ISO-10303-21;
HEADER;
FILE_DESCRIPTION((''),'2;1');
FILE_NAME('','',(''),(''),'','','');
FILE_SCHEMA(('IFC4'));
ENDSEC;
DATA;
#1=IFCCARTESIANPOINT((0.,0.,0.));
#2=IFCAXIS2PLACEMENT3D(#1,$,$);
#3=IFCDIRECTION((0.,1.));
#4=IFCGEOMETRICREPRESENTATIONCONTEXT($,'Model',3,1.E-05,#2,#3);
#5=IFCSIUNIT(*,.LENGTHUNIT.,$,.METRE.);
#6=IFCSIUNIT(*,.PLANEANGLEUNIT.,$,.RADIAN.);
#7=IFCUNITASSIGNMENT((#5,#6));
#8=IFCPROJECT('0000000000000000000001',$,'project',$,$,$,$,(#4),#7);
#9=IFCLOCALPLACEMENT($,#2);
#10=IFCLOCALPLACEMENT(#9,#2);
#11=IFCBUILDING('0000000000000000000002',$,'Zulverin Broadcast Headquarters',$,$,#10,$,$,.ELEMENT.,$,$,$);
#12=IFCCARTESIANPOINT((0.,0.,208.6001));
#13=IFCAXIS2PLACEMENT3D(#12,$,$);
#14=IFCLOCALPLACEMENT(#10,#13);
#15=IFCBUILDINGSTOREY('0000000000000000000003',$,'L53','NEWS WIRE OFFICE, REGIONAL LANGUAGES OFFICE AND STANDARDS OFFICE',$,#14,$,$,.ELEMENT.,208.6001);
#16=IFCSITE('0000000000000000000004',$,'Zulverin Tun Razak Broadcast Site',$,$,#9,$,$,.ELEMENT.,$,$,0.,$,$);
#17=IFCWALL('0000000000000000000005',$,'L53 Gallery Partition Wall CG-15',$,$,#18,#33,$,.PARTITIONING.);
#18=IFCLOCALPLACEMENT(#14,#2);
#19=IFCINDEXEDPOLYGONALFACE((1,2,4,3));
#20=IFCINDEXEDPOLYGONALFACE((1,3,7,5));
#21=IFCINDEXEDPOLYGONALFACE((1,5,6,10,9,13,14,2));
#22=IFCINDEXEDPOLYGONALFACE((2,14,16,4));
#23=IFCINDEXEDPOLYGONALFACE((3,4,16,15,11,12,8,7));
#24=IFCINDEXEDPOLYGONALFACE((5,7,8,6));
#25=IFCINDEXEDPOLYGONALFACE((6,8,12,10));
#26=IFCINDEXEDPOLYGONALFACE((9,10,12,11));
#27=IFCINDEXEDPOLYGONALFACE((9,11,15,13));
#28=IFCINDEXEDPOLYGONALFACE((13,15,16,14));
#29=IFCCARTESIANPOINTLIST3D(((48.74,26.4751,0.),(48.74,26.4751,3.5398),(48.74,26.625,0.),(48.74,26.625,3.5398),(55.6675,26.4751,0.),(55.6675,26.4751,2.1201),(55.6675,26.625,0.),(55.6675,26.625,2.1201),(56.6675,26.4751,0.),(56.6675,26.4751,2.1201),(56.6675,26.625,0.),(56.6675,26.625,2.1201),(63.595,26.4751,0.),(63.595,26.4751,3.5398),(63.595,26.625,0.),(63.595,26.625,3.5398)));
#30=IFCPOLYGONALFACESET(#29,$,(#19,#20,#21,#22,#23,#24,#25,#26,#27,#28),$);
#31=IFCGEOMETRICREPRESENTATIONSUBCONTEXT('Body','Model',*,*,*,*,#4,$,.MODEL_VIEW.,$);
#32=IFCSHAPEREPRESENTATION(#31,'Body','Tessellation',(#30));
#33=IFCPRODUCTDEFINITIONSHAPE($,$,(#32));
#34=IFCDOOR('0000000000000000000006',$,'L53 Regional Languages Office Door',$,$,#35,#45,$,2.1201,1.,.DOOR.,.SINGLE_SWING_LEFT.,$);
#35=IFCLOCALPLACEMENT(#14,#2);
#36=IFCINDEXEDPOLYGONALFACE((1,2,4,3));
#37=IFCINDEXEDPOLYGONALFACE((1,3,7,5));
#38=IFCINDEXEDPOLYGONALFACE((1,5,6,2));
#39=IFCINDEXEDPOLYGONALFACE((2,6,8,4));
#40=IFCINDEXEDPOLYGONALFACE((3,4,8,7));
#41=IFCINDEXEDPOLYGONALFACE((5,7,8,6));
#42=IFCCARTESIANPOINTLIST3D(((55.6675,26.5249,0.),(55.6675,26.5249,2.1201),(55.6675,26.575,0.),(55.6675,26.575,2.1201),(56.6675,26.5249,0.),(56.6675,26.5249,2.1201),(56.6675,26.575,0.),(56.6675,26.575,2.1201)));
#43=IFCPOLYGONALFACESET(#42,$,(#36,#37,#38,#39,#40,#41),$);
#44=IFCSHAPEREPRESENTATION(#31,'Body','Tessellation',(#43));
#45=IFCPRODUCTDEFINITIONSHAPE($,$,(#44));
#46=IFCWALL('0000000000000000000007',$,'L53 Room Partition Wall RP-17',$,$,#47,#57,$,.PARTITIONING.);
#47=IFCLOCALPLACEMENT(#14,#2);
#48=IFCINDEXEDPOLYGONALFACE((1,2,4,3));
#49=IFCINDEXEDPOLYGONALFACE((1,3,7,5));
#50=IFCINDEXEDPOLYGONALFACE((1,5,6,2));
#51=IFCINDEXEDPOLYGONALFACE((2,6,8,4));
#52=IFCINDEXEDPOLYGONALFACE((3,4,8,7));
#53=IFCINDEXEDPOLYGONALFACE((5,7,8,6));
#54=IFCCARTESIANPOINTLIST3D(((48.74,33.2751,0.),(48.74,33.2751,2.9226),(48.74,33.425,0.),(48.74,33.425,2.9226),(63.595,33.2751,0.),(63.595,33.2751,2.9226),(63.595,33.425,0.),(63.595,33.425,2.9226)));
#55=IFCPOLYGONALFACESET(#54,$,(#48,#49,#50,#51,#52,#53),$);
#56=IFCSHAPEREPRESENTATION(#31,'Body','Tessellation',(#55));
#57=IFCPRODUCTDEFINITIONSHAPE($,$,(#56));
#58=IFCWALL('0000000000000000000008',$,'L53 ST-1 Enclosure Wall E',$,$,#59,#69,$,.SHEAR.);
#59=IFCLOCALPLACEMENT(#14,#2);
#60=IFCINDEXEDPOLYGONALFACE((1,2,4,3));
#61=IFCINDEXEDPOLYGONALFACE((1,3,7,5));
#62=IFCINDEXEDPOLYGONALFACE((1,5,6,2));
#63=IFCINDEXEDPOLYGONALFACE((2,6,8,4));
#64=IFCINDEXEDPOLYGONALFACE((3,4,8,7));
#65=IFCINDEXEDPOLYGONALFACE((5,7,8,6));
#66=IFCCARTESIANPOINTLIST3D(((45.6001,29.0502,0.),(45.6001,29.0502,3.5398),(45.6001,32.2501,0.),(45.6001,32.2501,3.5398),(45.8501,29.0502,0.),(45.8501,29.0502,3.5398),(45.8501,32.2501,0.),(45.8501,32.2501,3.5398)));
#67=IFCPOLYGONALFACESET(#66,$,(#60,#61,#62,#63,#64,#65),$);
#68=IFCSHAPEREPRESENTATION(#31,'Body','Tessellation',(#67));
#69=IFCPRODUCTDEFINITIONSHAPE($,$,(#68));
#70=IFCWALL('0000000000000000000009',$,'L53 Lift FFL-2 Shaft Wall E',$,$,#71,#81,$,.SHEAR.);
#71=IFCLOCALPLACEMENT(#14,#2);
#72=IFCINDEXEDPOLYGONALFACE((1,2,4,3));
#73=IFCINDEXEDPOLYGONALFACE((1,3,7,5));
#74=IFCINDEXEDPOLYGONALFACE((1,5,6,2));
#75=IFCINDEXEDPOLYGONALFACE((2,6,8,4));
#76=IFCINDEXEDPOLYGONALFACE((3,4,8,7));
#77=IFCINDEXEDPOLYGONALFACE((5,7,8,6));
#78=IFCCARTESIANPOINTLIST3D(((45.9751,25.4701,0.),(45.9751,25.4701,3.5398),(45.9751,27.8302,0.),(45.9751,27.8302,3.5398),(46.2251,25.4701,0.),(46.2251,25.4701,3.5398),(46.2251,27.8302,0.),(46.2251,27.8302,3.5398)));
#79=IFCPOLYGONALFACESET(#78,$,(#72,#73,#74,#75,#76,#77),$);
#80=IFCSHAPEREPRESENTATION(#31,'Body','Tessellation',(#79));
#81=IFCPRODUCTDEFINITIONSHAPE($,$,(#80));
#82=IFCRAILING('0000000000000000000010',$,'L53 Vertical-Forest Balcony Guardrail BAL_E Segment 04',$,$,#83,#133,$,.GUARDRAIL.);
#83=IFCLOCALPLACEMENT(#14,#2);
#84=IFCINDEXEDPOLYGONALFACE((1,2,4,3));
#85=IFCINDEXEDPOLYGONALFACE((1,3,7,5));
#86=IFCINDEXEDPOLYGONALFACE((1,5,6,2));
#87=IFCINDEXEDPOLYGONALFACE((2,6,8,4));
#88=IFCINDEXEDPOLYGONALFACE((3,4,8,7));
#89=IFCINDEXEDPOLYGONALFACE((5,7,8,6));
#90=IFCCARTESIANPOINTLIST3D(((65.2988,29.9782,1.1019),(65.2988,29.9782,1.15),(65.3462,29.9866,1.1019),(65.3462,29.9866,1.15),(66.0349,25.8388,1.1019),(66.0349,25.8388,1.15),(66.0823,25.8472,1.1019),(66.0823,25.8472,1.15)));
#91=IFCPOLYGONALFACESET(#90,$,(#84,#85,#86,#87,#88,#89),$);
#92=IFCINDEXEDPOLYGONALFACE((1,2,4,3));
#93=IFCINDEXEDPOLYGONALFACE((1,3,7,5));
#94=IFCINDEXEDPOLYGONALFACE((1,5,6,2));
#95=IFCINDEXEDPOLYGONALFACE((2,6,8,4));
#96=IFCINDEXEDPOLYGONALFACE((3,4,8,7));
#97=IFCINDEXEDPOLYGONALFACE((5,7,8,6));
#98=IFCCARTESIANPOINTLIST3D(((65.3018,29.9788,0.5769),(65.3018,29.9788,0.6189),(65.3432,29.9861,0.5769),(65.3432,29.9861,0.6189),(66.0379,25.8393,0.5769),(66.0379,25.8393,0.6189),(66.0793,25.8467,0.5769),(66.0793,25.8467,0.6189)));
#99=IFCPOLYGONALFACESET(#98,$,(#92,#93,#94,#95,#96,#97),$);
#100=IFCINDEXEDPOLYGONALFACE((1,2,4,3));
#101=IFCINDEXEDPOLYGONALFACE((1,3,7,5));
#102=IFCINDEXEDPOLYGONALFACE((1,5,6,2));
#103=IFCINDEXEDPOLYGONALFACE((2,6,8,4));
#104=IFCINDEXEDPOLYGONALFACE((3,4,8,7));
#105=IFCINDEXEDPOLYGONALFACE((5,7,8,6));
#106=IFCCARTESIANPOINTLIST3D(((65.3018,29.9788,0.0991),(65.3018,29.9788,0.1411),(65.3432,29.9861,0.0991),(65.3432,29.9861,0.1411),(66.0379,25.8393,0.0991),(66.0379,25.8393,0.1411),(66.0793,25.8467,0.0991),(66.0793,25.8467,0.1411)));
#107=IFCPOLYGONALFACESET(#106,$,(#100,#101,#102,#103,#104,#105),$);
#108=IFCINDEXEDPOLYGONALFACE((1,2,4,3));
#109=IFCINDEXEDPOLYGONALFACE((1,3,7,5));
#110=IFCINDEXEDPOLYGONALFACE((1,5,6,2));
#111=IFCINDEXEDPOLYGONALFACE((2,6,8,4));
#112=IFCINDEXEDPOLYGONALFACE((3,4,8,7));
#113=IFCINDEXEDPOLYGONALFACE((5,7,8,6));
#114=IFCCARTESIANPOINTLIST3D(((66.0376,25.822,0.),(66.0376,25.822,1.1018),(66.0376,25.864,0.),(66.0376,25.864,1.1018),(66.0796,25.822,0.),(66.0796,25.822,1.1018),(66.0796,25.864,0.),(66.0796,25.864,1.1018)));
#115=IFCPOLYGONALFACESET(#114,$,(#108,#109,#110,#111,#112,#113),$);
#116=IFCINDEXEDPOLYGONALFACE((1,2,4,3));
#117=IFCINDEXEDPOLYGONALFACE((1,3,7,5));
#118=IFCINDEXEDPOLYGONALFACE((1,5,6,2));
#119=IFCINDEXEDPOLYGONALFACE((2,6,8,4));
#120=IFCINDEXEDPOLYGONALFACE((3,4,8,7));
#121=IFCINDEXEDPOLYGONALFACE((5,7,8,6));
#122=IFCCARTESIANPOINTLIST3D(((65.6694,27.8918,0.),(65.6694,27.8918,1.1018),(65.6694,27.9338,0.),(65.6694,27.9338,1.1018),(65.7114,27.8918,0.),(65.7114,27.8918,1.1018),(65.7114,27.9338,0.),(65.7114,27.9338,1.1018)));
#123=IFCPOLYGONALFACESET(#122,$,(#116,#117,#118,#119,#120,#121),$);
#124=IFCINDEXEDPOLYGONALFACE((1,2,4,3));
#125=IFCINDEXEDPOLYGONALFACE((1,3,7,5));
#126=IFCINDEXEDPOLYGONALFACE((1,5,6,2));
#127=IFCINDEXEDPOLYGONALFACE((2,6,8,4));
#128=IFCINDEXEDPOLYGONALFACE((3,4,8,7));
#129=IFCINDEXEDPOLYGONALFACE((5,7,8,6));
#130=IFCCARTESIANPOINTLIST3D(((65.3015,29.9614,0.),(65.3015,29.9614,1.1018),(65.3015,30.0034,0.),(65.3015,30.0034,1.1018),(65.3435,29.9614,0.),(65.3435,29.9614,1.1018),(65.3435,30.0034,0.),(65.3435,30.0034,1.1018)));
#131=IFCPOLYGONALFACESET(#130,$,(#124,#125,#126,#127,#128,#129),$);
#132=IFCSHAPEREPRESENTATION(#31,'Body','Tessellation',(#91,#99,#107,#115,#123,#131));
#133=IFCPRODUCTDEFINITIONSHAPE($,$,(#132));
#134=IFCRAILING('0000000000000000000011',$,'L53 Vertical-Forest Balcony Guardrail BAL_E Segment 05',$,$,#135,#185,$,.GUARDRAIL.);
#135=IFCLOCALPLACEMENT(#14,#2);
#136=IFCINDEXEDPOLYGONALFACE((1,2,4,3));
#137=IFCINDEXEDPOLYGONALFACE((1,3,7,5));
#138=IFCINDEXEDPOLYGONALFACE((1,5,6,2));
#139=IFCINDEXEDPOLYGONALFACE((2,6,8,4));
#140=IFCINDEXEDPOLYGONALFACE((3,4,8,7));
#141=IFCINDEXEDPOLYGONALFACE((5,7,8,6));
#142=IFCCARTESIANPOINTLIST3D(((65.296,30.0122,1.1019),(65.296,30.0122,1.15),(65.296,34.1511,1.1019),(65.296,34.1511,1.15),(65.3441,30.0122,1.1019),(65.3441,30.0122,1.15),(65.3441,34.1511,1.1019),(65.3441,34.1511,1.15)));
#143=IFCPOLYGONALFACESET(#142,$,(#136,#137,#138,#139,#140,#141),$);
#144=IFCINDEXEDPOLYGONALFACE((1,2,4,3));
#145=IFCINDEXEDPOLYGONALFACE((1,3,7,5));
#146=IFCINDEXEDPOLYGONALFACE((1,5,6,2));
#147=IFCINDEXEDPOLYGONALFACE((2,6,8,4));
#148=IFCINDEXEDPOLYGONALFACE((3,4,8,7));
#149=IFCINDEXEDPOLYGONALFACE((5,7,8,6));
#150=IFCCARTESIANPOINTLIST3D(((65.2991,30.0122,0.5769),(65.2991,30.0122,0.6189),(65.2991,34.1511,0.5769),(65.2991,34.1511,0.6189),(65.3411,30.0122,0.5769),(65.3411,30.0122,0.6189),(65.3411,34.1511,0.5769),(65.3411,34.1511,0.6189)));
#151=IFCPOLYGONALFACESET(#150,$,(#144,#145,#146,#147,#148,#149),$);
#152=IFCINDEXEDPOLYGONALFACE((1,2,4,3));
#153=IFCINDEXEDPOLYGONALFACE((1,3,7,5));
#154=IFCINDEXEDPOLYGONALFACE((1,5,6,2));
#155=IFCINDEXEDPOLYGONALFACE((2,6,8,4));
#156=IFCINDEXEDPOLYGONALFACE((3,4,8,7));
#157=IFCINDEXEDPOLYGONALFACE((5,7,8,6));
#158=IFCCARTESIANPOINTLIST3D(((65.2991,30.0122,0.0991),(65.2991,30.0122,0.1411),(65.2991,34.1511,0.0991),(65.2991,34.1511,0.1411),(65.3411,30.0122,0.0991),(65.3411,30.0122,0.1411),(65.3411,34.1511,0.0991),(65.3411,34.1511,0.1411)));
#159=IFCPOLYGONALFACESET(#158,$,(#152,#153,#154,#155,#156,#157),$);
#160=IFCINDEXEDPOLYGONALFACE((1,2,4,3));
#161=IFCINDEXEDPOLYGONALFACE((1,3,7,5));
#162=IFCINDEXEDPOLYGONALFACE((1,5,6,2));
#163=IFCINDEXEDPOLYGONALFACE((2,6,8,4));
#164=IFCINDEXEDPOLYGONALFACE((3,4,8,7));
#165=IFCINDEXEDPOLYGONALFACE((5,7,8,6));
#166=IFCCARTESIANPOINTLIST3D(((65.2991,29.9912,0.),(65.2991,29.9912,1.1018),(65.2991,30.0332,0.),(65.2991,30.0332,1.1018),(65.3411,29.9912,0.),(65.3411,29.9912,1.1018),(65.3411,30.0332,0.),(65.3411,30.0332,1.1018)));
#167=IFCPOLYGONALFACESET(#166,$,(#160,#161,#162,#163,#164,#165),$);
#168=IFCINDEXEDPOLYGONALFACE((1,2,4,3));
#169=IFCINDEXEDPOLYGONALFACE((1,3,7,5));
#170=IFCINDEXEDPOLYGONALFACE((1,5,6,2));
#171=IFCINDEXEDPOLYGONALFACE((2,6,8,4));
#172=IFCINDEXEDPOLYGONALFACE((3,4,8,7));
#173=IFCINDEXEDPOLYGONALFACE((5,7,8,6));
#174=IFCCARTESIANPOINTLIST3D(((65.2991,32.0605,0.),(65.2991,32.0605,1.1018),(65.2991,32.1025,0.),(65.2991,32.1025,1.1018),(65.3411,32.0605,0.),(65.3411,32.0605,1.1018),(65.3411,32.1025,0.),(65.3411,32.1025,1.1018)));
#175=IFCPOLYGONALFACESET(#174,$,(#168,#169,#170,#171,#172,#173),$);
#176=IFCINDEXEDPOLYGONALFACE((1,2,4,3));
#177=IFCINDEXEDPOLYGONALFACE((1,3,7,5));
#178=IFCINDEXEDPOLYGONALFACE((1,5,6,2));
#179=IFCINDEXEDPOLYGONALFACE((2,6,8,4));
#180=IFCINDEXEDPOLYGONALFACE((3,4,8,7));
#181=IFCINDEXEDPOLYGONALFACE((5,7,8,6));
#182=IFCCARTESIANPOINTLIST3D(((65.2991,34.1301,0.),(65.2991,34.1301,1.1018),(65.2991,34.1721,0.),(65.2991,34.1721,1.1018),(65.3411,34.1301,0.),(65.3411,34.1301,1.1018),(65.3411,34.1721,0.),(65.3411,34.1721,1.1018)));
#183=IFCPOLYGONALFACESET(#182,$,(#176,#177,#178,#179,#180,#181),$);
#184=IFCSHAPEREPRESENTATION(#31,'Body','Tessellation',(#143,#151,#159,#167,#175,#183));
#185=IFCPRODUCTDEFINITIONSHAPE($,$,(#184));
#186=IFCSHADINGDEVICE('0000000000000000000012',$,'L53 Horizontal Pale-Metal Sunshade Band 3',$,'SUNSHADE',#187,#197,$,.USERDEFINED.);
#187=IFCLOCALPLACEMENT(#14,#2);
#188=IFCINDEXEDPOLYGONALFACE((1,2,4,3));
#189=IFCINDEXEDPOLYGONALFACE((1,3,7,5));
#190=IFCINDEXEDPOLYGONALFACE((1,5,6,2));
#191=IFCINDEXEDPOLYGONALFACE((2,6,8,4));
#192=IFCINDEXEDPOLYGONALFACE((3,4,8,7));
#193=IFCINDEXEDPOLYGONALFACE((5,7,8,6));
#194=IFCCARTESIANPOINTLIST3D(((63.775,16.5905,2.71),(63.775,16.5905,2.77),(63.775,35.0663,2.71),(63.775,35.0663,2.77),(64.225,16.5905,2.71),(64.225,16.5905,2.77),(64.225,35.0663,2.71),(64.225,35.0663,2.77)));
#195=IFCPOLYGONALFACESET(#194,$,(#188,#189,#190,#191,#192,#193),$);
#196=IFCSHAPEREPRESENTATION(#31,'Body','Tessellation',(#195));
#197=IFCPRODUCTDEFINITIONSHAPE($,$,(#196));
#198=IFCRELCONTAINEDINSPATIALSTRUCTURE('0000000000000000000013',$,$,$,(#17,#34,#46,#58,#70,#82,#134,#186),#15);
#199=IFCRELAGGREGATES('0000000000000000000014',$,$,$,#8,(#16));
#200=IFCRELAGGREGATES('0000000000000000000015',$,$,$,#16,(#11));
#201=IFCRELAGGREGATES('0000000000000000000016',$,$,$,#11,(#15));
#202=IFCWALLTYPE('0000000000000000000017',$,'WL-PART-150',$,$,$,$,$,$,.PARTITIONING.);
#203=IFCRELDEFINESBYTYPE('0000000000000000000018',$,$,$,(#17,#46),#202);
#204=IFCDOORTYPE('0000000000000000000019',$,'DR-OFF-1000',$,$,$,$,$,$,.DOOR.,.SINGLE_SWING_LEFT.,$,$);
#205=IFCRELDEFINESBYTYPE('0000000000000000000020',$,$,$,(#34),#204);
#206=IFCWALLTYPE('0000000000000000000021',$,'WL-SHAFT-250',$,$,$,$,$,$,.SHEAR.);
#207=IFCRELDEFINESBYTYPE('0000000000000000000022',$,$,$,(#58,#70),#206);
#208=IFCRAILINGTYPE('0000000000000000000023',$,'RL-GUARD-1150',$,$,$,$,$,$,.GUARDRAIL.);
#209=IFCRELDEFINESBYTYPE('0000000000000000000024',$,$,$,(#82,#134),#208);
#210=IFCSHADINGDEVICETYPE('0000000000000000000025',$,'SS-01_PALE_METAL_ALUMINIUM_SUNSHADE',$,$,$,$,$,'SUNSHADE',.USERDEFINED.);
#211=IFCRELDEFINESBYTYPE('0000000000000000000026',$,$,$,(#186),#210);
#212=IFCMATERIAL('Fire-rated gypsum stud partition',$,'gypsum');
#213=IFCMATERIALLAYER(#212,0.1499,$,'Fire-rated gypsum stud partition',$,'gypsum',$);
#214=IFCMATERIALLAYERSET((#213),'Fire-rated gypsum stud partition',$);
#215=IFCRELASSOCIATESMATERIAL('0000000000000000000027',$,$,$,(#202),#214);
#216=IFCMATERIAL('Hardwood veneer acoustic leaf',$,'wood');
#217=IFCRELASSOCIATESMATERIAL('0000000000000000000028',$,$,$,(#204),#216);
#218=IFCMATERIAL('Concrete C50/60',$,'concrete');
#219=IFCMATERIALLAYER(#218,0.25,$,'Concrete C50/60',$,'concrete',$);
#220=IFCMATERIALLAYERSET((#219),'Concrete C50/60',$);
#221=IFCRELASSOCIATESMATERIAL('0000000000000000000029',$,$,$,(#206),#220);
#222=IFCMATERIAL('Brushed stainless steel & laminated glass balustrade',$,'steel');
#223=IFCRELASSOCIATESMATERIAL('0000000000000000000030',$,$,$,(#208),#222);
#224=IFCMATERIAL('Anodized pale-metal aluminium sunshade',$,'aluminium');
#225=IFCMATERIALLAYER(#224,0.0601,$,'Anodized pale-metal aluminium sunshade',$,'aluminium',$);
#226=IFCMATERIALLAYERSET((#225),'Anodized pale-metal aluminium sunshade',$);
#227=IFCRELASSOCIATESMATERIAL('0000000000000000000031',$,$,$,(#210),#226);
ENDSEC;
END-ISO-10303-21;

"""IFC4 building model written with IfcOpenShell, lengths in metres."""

from ifc_helpers import new_model, si_unit, direction, frame, frame_2d, origin, origin_2d, place, context, subcontext, project, spatial, rectangle, extrude, material, layer, layer_set, type_object, element, fill, save


model = new_model("IFC4")

# Units and contexts
model_context = context("Model", 3, precision=1e-05, world=origin(), true_north=direction((0.0, 1.0)))
body_context = subcontext(model_context, "Body", "Model", "MODEL_VIEW")
ifc_project = project(units=[si_unit("LENGTHUNIT", "METRE"), si_unit("PLANEANGLEUNIT", "RADIAN")], contexts=[model_context])

# Site, building, storey
site_placement = place(None, origin())
site = spatial("IfcSite", under=ifc_project, at=site_placement, Name="Zulverin Tun Razak Broadcast Site", CompositionType="ELEMENT", RefElevation=0.0)
building_placement = place(site_placement, origin())
building = spatial("IfcBuilding", under=site, at=building_placement, Name="Zulverin Broadcast Headquarters", CompositionType="ELEMENT")
storey_placement = place(building_placement, frame((0.0, 0.0, 208.6001)))
storey = spatial("IfcBuildingStorey", under=building, at=storey_placement, Name="L53", Description="NEWS WIRE OFFICE, REGIONAL LANGUAGES OFFICE AND STANDARDS OFFICE", CompositionType="ELEMENT", Elevation=208.6001)

# Shared definitions
ifc_material_1 = material(Name="Concrete C50/60", Category="concrete")

# Wall, opening, door
ifc_material_2 = material(Name="Fire-rated gypsum stud partition", Category="gypsum")
ifc_layer_1 = layer(ifc_material_2, 0.1499, Name="Fire-rated gypsum stud partition", Category="gypsum")
ifc_layer_set_1 = layer_set([ifc_layer_1], Name="Fire-rated gypsum stud partition")
wall_type_1 = type_object("IfcWallType", Name="WL-PART-150", PredefinedType="PARTITIONING", material=ifc_layer_set_1)
wall_1_placement = place(storey_placement, frame((48.74, 26.55, 0.0), z_axis=(0.0, 0.0, 1.0), x_axis=(1.0, 0.0, 0.0)))
wall_1 = element("IfcWall", 1, at=wall_1_placement, inside=storey, type_object=wall_type_1, Name="L53 Gallery Partition Wall CG-15", PredefinedType="PARTITIONING", context=body_context, shape_type="SweptSolid", body=[
    extrude(rectangle(XDim=14.855, YDim=0.1499, at=frame_2d((7.4275, 0.0))), origin(), (0.0, 0.0, 1.0), 3.5398),
])
opening_placement = place(wall_1_placement, frame((6.9275, 0.0, 0.0)))
opening = element("IfcOpeningElement", 2, at=opening_placement, cuts=wall_1, PredefinedType="OPENING", context=body_context, shape_type="SweptSolid", body=[
    extrude(rectangle(XDim=1.0, YDim=2.1201, at=frame_2d((0.5, 1.0601))), frame((0.0, 0.085, 0.0), z_axis=(0.0, -1.0, 0.0), x_axis=(1.0, 0.0, 0.0)), (0.0, 0.0, 1.0), 0.1699),
])
ifc_material_3 = material(Name="Hardwood veneer acoustic leaf", Category="wood")
door_type = type_object("IfcDoorType", Name="DR-OFF-1000", OperationType="SINGLE_SWING_LEFT", PredefinedType="DOOR", material=ifc_material_3)
door_placement = place(opening_placement, origin())
door = element("IfcDoor", 3, at=door_placement, inside=storey, type_object=door_type, Name="L53 Regional Languages Office Door", OperationType="SINGLE_SWING_LEFT", OverallHeight=2.1201, OverallWidth=1.0, PredefinedType="DOOR", context=body_context, shape_type="SweptSolid", body=[
    extrude(rectangle(XDim=1.0, YDim=2.1201, at=frame_2d((0.5, 1.0601))), frame((0.0, 0.0249, 0.0), z_axis=(0.0, -1.0, 0.0), x_axis=(1.0, 0.0, 0.0)), (0.0, 0.0, 1.0), 0.05),
])
fill(opening, door)

# Walls
wall_2_placement = place(storey_placement, frame((48.74, 33.3501, 0.0), z_axis=(0.0, 0.0, 1.0), x_axis=(1.0, 0.0, 0.0)))
element("IfcWall", 4, at=wall_2_placement, inside=storey, type_object=wall_type_1, Name="L53 Room Partition Wall RP-17", PredefinedType="PARTITIONING", context=body_context, shape_type="SweptSolid", body=[
    extrude(rectangle(XDim=14.855, YDim=0.1499, at=frame_2d((7.4275, 0.0))), origin(), (0.0, 0.0, 1.0), 2.9226),
])
ifc_layer_2 = layer(ifc_material_1, 0.25, Name="Concrete C50/60", Category="concrete")
ifc_layer_set_2 = layer_set([ifc_layer_2], Name="Concrete C50/60")
wall_type_2 = type_object("IfcWallType", Name="WL-SHAFT-250", PredefinedType="SHEAR", material=ifc_layer_set_2)
wall_3_placement = place(storey_placement, frame((45.7251, 29.05, 0.0), z_axis=(0.0, 0.0, 1.0), x_axis=(0.0, 1.0, 0.0)))
element("IfcWall", 5, at=wall_3_placement, inside=storey, type_object=wall_type_2, Name="L53 ST-1 Enclosure Wall E", PredefinedType="SHEAR", context=body_context, shape_type="SweptSolid", body=[
    extrude(rectangle(XDim=3.2, YDim=0.25, at=frame_2d((1.6001, 0.0))), origin(), (0.0, 0.0, 1.0), 3.5398),
])
wall_4_placement = place(storey_placement, frame((46.1001, 25.47, 0.0), z_axis=(0.0, 0.0, 1.0), x_axis=(0.0, 1.0, 0.0)))
element("IfcWall", 6, at=wall_4_placement, inside=storey, type_object=wall_type_2, Name="L53 Lift FFL-2 Shaft Wall E", PredefinedType="SHEAR", context=body_context, shape_type="SweptSolid", body=[
    extrude(rectangle(XDim=2.3601, YDim=0.25, at=frame_2d((1.1802, 0.0))), origin(), (0.0, 0.0, 1.0), 3.5398),
])

# Railings
ifc_material_4 = material(Name="Brushed stainless steel & laminated glass balustrade", Category="steel")
railing_type = type_object("IfcRailingType", Name="RL-GUARD-1150", PredefinedType="GUARDRAIL", material=ifc_material_4)
railing_1_placement = place(storey_placement, frame((66.0586, 25.843, 0.0)))
element("IfcRailing", 7, at=railing_1_placement, inside=storey, type_object=railing_type, Name="L53 Vertical-Forest Balcony Guardrail BAL_E Segment 04", PredefinedType="GUARDRAIL", context=body_context, shape_type="SweptSolid", body=[
    extrude(rectangle(XDim=0.0481, YDim=0.0481, at=origin_2d()), frame((0.0, 0.0, 1.126), z_axis=(-0.175077, 0.984555, 0.0), x_axis=(-0.984555, -0.175077, 0.0)), (0.0, 0.0, 1.0), 4.2043),
    extrude(rectangle(XDim=0.042, YDim=0.042, at=origin_2d()), frame((0.0, 0.0, 0.5979), z_axis=(-0.175077, 0.984555, 0.0), x_axis=(-0.984555, -0.175077, 0.0)), (0.0, 0.0, 1.0), 4.2043),
    extrude(rectangle(XDim=0.042, YDim=0.042, at=origin_2d()), frame((0.0, 0.0, 0.1201), z_axis=(-0.175077, 0.984555, 0.0), x_axis=(-0.984555, -0.175077, 0.0)), (0.0, 0.0, 1.0), 4.2043),
    extrude(rectangle(XDim=0.042, YDim=0.042, at=origin_2d()), origin(), (0.0, 0.0, 1.0), 1.1018),
    extrude(rectangle(XDim=0.042, YDim=0.042, at=origin_2d()), frame((-0.3682, 2.0698, 0.0)), (0.0, 0.0, 1.0), 1.1018),
    extrude(rectangle(XDim=0.042, YDim=0.042, at=origin_2d()), frame((-0.7361, 4.1394, 0.0)), (0.0, 0.0, 1.0), 1.1018),
])
railing_2_placement = place(storey_placement, frame((65.3201, 30.0122, 0.0)))
element("IfcRailing", 8, at=railing_2_placement, inside=storey, type_object=railing_type, Name="L53 Vertical-Forest Balcony Guardrail BAL_E Segment 05", PredefinedType="GUARDRAIL", context=body_context, shape_type="SweptSolid", body=[
    extrude(rectangle(XDim=0.0481, YDim=0.0481, at=origin_2d()), frame((0.0, 0.0, 1.126), z_axis=(0.0, 1.0, 0.0), x_axis=(-1.0, 0.0, 0.0)), (0.0, 0.0, 1.0), 4.1389),
    extrude(rectangle(XDim=0.042, YDim=0.042, at=origin_2d()), frame((0.0, 0.0, 0.5979), z_axis=(0.0, 1.0, 0.0), x_axis=(-1.0, 0.0, 0.0)), (0.0, 0.0, 1.0), 4.1389),
    extrude(rectangle(XDim=0.042, YDim=0.042, at=origin_2d()), frame((0.0, 0.0, 0.1201), z_axis=(0.0, 1.0, 0.0), x_axis=(-1.0, 0.0, 0.0)), (0.0, 0.0, 1.0), 4.1389),
    extrude(rectangle(XDim=0.042, YDim=0.042, at=origin_2d()), origin(), (0.0, 0.0, 1.0), 1.1018),
    extrude(rectangle(XDim=0.042, YDim=0.042, at=origin_2d()), frame((0.0, 2.0693, 0.0)), (0.0, 0.0, 1.0), 1.1018),
    extrude(rectangle(XDim=0.042, YDim=0.042, at=origin_2d()), frame((0.0, 4.1389, 0.0)), (0.0, 0.0, 1.0), 1.1018),
])

# Shading device
ifc_material_5 = material(Name="Anodized pale-metal aluminium sunshade", Category="aluminium")
ifc_layer_3 = layer(ifc_material_5, 0.0601, Name="Anodized pale-metal aluminium sunshade", Category="aluminium")
ifc_layer_set_3 = layer_set([ifc_layer_3], Name="Anodized pale-metal aluminium sunshade")
shading_device_type = type_object("IfcShadingDeviceType", Name="SS-01_PALE_METAL_ALUMINIUM_SUNSHADE", ElementType="SUNSHADE", PredefinedType="USERDEFINED", material=ifc_layer_set_3)
shading_device_placement = place(storey_placement, frame((64.0, 25.8284, 2.71), z_axis=(0.0, 0.0, 1.0), x_axis=(0.0, 1.0, 0.0)))
element("IfcShadingDevice", 9, at=shading_device_placement, inside=storey, type_object=shading_device_type, Name="L53 Horizontal Pale-Metal Sunshade Band 3", ObjectType="SUNSHADE", PredefinedType="USERDEFINED", context=body_context, shape_type="SweptSolid", body=[
    extrude(rectangle(XDim=18.4758, YDim=0.45, at=origin_2d()), origin(), (0.0, 0.0, 1.0), 0.0601),
])

save(model, "model.ifc")
